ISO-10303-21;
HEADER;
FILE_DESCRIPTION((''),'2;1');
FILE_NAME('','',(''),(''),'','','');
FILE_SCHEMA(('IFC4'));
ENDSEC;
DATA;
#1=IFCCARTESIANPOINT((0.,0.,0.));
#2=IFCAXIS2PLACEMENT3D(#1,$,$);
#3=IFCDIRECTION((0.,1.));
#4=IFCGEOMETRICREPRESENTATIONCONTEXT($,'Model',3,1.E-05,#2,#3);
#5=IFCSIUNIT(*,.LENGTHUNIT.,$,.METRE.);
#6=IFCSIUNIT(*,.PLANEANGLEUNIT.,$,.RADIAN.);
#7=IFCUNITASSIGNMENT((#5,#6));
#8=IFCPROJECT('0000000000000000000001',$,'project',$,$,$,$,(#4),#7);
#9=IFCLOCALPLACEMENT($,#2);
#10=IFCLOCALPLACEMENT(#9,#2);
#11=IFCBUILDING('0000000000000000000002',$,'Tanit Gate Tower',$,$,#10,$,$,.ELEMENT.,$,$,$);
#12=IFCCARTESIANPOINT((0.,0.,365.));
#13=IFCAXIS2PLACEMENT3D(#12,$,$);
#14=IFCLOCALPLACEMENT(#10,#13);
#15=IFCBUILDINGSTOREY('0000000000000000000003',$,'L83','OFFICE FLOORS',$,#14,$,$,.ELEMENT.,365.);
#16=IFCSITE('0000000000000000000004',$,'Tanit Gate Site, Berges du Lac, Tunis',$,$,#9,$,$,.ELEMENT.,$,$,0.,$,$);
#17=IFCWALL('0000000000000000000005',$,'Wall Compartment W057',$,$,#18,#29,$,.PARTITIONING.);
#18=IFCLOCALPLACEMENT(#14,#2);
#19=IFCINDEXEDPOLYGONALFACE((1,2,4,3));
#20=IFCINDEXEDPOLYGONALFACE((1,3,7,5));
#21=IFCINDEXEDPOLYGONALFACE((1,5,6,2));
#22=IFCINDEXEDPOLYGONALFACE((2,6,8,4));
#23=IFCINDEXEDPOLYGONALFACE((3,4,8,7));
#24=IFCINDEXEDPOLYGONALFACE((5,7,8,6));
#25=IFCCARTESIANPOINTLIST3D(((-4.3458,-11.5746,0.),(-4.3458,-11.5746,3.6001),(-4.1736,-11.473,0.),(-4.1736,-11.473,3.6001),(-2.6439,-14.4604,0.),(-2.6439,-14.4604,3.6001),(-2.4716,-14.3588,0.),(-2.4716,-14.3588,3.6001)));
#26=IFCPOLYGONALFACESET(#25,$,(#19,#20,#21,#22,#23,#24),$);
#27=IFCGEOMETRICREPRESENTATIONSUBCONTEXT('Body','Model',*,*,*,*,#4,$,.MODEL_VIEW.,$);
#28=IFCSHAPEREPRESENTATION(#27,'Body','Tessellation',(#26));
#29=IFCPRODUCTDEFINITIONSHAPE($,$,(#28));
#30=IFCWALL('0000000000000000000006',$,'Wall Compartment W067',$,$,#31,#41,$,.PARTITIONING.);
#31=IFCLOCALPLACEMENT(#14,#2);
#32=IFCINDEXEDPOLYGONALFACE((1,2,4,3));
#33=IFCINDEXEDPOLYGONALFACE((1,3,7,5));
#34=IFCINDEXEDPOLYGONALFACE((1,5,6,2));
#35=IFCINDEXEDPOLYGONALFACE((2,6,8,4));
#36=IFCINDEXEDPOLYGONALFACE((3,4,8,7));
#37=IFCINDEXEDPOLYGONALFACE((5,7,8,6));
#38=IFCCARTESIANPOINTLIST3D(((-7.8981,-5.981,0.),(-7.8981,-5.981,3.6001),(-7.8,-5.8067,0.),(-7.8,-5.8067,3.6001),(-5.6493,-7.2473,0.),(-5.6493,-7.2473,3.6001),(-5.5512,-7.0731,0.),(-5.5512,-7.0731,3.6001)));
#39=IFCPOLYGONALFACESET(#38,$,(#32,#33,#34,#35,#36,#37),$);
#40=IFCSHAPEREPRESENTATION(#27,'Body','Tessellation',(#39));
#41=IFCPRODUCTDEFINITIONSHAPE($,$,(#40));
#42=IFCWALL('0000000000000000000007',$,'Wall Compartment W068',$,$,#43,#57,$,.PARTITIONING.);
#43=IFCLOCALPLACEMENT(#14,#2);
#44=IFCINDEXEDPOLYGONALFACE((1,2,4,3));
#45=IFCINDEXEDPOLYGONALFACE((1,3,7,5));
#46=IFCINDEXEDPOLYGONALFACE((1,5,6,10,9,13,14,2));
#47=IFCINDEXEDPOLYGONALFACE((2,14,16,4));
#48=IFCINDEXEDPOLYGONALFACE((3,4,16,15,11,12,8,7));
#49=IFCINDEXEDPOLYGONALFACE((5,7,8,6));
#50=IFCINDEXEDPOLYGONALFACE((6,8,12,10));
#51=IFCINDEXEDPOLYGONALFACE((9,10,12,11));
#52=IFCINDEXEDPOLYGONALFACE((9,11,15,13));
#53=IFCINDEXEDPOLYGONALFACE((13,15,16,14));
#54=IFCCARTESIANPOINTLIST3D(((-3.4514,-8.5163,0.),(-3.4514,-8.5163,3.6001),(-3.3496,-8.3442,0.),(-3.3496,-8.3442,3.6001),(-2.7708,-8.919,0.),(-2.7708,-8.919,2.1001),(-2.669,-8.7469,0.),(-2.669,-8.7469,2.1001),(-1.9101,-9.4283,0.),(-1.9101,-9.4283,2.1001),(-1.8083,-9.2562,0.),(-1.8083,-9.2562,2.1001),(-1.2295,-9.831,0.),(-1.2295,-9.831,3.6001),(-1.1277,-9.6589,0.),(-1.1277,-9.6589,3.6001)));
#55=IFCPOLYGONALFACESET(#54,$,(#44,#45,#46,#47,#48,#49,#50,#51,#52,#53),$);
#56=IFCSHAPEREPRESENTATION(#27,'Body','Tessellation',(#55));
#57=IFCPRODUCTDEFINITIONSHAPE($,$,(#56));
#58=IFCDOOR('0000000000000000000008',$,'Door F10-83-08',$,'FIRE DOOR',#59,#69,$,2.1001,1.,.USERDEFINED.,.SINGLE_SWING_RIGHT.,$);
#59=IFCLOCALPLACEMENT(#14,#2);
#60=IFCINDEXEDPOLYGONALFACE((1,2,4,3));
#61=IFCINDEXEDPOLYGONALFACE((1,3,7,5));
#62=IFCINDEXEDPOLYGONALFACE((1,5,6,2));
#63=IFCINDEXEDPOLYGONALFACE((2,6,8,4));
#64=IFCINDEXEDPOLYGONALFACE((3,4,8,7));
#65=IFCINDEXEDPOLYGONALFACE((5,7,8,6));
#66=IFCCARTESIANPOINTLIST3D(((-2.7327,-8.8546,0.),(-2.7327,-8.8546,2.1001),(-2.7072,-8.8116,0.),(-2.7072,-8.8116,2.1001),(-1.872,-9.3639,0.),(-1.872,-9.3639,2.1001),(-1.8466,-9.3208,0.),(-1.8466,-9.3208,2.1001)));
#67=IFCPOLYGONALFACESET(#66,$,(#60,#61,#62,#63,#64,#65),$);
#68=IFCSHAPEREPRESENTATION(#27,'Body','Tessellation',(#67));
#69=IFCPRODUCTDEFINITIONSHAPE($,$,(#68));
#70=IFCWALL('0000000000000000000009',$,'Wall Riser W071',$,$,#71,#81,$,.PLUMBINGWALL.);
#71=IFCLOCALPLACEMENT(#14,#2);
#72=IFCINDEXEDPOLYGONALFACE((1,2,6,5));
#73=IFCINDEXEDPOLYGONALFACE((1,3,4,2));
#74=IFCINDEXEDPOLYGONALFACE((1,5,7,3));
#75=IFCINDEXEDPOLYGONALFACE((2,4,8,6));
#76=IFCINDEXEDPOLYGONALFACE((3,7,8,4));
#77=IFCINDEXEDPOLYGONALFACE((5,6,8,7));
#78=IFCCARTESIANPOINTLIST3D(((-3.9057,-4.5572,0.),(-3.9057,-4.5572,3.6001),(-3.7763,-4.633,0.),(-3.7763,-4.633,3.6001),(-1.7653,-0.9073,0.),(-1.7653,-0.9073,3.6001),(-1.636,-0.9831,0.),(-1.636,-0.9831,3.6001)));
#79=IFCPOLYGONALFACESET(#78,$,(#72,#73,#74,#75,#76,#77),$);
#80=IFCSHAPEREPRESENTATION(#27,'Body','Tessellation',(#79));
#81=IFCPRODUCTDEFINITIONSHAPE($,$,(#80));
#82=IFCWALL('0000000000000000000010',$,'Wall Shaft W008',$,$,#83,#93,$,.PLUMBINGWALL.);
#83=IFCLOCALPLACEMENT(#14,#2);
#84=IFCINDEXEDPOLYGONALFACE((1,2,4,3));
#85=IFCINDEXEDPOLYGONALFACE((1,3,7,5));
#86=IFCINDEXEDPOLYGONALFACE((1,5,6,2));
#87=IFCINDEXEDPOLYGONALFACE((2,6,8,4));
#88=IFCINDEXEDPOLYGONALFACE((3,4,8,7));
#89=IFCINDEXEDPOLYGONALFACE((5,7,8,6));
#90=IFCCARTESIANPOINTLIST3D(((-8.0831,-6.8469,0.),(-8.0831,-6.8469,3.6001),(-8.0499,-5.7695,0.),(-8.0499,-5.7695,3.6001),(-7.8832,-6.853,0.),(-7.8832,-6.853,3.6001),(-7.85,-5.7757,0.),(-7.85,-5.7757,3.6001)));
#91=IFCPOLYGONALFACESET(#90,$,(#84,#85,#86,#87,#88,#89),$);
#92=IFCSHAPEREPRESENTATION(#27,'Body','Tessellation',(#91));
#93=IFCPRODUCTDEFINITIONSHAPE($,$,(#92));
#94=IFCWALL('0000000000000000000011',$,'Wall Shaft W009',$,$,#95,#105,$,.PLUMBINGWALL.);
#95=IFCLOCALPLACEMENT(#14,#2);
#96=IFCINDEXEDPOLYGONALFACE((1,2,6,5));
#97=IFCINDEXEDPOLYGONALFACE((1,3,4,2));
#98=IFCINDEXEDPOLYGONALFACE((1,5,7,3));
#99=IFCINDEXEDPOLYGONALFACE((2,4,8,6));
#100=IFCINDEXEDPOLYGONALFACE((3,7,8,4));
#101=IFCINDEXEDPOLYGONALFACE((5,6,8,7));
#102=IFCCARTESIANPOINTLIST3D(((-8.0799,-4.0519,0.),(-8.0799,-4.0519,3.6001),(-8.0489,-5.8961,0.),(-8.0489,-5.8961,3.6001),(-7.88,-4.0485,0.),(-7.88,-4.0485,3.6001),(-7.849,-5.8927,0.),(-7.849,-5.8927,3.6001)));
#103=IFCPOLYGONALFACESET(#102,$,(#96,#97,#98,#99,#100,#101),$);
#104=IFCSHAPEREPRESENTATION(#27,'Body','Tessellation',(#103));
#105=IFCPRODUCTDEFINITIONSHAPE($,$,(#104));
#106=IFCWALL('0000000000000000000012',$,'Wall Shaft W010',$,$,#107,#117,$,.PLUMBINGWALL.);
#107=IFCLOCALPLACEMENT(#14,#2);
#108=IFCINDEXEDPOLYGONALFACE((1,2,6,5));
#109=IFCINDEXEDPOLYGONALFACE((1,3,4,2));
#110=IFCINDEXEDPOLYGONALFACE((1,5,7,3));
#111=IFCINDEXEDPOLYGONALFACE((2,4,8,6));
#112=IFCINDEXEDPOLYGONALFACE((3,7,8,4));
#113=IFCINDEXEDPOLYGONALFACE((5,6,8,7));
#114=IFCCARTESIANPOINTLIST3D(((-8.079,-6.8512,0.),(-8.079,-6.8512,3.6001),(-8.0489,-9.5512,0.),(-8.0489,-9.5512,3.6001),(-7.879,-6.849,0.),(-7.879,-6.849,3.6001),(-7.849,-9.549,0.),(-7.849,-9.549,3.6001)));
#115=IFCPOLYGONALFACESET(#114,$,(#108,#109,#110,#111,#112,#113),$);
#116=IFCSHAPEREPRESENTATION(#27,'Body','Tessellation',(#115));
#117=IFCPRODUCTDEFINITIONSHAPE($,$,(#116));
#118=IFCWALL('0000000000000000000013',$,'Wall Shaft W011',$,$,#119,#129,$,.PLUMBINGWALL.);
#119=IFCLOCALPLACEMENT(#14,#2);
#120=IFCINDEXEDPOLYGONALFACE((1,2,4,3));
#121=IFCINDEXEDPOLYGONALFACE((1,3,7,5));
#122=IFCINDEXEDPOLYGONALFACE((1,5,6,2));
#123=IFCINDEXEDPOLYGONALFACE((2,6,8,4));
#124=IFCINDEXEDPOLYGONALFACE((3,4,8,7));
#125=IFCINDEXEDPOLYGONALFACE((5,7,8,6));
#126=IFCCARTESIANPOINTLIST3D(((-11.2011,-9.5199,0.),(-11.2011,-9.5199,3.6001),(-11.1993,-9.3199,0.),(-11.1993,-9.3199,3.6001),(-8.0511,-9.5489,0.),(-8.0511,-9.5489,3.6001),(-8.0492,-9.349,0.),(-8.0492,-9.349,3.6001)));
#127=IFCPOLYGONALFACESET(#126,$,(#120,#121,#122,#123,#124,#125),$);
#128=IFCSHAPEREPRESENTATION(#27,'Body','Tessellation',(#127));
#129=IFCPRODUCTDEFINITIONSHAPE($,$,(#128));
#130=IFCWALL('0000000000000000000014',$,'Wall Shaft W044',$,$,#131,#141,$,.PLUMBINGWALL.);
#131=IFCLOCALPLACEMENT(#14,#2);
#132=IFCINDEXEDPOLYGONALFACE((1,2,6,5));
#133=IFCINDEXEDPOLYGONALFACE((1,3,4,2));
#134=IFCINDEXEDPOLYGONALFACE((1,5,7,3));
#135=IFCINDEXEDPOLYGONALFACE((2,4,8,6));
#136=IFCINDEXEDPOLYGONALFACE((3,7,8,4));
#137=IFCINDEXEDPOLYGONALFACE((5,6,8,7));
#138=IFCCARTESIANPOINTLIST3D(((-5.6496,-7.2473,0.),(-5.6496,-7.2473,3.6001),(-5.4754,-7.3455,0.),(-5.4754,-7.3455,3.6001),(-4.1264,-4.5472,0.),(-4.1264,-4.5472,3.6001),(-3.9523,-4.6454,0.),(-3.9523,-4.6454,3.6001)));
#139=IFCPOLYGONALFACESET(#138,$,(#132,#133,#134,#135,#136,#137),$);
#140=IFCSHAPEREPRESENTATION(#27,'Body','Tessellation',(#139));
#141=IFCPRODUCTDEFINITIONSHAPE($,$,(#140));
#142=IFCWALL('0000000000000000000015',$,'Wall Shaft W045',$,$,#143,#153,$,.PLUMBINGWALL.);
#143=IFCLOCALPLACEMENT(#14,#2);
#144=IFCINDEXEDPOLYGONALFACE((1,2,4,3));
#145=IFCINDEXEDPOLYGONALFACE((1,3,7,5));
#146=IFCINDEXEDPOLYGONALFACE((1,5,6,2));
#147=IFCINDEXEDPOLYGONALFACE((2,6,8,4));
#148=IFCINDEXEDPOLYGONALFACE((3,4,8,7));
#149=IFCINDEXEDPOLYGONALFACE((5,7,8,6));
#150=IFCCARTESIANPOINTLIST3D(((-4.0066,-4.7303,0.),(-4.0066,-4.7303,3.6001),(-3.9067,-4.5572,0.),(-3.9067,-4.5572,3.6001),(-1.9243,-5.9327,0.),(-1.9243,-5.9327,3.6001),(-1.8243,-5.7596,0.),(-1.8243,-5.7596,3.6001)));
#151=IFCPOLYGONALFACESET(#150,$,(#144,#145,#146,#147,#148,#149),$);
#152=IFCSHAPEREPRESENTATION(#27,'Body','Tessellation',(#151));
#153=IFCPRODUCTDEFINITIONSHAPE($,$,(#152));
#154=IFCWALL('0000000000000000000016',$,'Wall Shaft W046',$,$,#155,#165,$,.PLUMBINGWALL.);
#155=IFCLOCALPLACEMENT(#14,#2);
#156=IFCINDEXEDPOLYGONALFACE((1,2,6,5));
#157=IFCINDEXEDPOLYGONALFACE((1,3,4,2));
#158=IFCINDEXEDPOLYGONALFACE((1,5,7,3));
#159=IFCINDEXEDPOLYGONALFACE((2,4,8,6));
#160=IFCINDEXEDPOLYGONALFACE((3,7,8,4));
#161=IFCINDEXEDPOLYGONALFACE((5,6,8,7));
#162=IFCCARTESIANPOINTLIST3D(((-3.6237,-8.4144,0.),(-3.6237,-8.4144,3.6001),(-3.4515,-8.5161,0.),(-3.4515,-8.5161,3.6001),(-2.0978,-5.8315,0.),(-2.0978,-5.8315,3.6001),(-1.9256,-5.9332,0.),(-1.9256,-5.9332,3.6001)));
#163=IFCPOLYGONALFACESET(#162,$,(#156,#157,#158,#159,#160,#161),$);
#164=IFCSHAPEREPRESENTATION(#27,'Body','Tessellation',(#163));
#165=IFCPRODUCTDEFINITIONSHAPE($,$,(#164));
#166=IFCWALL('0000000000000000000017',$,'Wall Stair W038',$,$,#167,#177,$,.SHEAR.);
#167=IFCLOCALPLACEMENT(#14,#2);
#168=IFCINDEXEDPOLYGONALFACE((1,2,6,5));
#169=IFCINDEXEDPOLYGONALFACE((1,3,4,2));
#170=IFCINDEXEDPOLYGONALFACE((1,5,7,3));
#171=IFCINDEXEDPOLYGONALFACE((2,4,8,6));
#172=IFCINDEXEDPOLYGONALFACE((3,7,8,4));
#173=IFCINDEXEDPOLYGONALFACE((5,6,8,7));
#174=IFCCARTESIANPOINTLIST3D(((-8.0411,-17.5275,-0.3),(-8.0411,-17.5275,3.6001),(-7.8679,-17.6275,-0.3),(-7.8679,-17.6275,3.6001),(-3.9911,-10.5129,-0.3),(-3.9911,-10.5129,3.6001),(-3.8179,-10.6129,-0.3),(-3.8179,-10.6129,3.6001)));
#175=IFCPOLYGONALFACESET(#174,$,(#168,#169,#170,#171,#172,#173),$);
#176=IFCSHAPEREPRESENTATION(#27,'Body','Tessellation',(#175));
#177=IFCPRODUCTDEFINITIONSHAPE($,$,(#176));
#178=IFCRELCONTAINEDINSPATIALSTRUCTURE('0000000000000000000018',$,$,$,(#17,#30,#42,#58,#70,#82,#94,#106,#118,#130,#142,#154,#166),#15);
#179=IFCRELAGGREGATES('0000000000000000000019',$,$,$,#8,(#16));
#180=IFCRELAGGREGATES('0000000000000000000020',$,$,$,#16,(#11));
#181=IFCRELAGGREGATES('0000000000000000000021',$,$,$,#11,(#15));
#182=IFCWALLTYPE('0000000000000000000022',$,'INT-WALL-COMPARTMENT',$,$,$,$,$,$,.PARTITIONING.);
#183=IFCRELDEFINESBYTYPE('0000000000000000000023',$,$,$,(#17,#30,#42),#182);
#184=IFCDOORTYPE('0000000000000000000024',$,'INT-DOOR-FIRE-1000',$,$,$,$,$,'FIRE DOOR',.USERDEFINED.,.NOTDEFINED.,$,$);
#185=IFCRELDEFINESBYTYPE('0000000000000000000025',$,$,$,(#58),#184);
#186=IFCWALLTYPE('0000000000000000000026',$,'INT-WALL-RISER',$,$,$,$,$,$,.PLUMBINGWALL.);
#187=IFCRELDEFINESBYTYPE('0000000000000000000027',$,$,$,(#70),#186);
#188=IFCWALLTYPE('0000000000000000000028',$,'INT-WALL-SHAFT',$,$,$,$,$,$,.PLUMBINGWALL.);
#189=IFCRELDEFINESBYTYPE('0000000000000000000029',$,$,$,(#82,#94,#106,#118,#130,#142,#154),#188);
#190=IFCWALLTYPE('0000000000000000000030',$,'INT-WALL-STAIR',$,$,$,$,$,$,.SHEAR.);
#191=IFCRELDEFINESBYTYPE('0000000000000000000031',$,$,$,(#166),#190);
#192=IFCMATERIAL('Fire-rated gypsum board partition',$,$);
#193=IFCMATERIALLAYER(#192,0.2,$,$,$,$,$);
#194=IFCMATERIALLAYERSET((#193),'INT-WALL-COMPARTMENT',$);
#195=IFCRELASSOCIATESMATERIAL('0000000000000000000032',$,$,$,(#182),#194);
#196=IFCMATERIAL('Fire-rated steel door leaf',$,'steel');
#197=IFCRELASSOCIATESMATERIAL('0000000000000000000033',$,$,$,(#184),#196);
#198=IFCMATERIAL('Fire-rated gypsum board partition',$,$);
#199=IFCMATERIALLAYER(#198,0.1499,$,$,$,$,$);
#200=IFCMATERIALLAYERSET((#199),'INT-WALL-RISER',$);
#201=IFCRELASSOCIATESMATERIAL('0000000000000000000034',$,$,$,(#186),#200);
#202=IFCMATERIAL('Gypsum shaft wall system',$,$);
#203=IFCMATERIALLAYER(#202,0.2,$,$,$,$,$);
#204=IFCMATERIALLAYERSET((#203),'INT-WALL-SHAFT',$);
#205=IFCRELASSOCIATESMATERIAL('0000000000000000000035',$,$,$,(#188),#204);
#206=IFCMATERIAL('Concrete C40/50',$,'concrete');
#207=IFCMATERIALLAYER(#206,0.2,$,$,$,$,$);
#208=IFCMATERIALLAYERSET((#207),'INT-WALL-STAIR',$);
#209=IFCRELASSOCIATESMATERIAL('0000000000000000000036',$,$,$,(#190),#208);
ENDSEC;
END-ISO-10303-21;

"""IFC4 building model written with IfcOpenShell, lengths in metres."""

from ifc_helpers import new_model, si_unit, direction, frame, frame_2d, origin, place, context, subcontext, project, spatial, rectangle, extrude, material, layer, layer_set, type_object, element, fill, save


model = new_model("IFC4")

# Units and contexts
model_context = context("Model", 3, precision=1e-05, world=origin(), true_north=direction((0.0, 1.0)))
body_context = subcontext(model_context, "Body", "Model", "MODEL_VIEW")
ifc_project = project(units=[si_unit("LENGTHUNIT", "METRE"), si_unit("PLANEANGLEUNIT", "RADIAN")], contexts=[model_context])

# Site, building, storey
site_placement = place(None, origin())
site = spatial("IfcSite", under=ifc_project, at=site_placement, Name="Tanit Gate Site, Berges du Lac, Tunis", CompositionType="ELEMENT", RefElevation=0.0)
building_placement = place(site_placement, origin())
building = spatial("IfcBuilding", under=site, at=building_placement, Name="Tanit Gate Tower", CompositionType="ELEMENT")
storey_placement = place(building_placement, frame((0.0, 0.0, 365.0)))
storey = spatial("IfcBuildingStorey", under=building, at=storey_placement, Name="L83", Description="OFFICE FLOORS", CompositionType="ELEMENT", Elevation=365.0)

# Walls
ifc_material_1 = material(Name="Fire-rated gypsum board partition")
ifc_layer_1 = layer(ifc_material_1, 0.2)
ifc_layer_set_1 = layer_set([ifc_layer_1], Name="INT-WALL-COMPARTMENT")
wall_type_1 = type_object("IfcWallType", Name="INT-WALL-COMPARTMENT", PredefinedType="PARTITIONING", material=ifc_layer_set_1)
wall_1_placement = place(storey_placement, frame((-4.2598, -11.5237, 0.0), z_axis=(0.0, 0.0, 1.0), x_axis=(0.507997, -0.861359, 0.0)))
element("IfcWall", 1, at=wall_1_placement, inside=storey, type_object=wall_type_1, Name="Wall Compartment W057", PredefinedType="PARTITIONING", context=body_context, shape_type="SweptSolid", body=[
    extrude(rectangle(XDim=3.3503, YDim=0.2, at=frame_2d((1.6753, 0.0))), origin(), (0.0, 0.0, 1.0), 3.6001),
])
wall_2_placement = place(storey_placement, frame((-7.8491, -5.8938, 0.0), z_axis=(0.0, 0.0, 1.0), x_axis=(0.87134, -0.490679, 0.0)))
element("IfcWall", 2, at=wall_2_placement, inside=storey, type_object=wall_type_1, Name="Wall Compartment W067", PredefinedType="PARTITIONING", context=body_context, shape_type="SweptSolid", body=[
    extrude(rectangle(XDim=2.5808, YDim=0.2, at=frame_2d((1.2905, 0.0))), origin(), (0.0, 0.0, 1.0), 3.6001),
])

# Wall, opening, door
wall_3_placement = place(storey_placement, frame((-3.4006, -8.4302, 0.0), z_axis=(0.0, 0.0, 1.0), x_axis=(0.860631, -0.509229, 0.0)))
wall_3 = element("IfcWall", 3, at=wall_3_placement, inside=storey, type_object=wall_type_1, Name="Wall Compartment W068", PredefinedType="PARTITIONING", context=body_context, shape_type="SweptSolid", body=[
    extrude(rectangle(XDim=2.5818, YDim=0.2, at=frame_2d((1.291, 0.0))), origin(), (0.0, 0.0, 1.0), 3.6001),
])
opening_1_placement = place(wall_3_placement, frame((0.791, 0.0, 0.0)))
opening_1 = element("IfcOpeningElement", 4, at=opening_1_placement, cuts=wall_3, PredefinedType="OPENING", context=body_context, shape_type="SweptSolid", body=[
    extrude(rectangle(XDim=1.0, YDim=2.1001, at=frame_2d((0.5, 1.05))), frame((0.0, 0.1099, 0.0), z_axis=(0.0, -1.0, 0.0), x_axis=(1.0, 0.0, 0.0)), (0.0, 0.0, 1.0), 0.22),
])
ifc_material_2 = material(Name="Fire-rated steel door leaf", Category="steel")
door_type_1 = type_object("IfcDoorType", Name="INT-DOOR-FIRE-1000", ElementType="FIRE DOOR", OperationType="NOTDEFINED", PredefinedType="USERDEFINED", material=ifc_material_2)
door_1_placement = place(opening_1_placement, origin())
door_1 = element("IfcDoor", 5, at=door_1_placement, inside=storey, type_object=door_type_1, Name="Door F10-83-08", ObjectType="FIRE DOOR", OperationType="SINGLE_SWING_RIGHT", OverallHeight=2.1001, OverallWidth=1.0, PredefinedType="USERDEFINED", context=body_context, shape_type="SweptSolid", body=[
    extrude(rectangle(XDim=1.0, YDim=2.1001, at=frame_2d((0.5, 1.05))), frame((0.0, 0.0249, 0.0), z_axis=(0.0, -1.0, 0.0), x_axis=(1.0, 0.0, 0.0)), (0.0, 0.0, 1.0), 0.05),
])
fill(opening_1, door_1)

# Walls
ifc_material_3 = material(Name="Fire-rated gypsum board partition")
ifc_layer_2 = layer(ifc_material_3, 0.1499)
ifc_layer_set_2 = layer_set([ifc_layer_2], Name="INT-WALL-RISER")
wall_type_2 = type_object("IfcWallType", Name="INT-WALL-RISER", PredefinedType="PLUMBINGWALL", material=ifc_layer_set_2)
wall_4_placement = place(storey_placement, frame((-3.8411, -4.5952, 0.0), z_axis=(0.0, 0.0, 1.0), x_axis=(0.505857, 0.862617, 0.0)))
element("IfcWall", 6, at=wall_4_placement, inside=storey, type_object=wall_type_2, Name="Wall Riser W071", PredefinedType="PLUMBINGWALL", context=body_context, shape_type="SweptSolid", body=[
    extrude(rectangle(XDim=4.2312, YDim=0.1499, at=frame_2d((2.1157, 0.0))), origin(), (0.0, 0.0, 1.0), 3.6001),
])
ifc_material_4 = material(Name="Gypsum shaft wall system")
ifc_layer_3 = layer(ifc_material_4, 0.2)
ifc_layer_set_3 = layer_set([ifc_layer_3], Name="INT-WALL-SHAFT")
wall_type_3 = type_object("IfcWallType", Name="INT-WALL-SHAFT", PredefinedType="PLUMBINGWALL", material=ifc_layer_set_3)
wall_5_placement = place(storey_placement, frame((-7.95, -5.7725, 0.0), z_axis=(0.0, 0.0, 1.0), x_axis=(-0.030803, -0.999525, 0.0)))
element("IfcWall", 7, at=wall_5_placement, inside=storey, type_object=wall_type_3, Name="Wall Shaft W008", PredefinedType="PLUMBINGWALL", context=body_context, shape_type="SweptSolid", body=[
    extrude(rectangle(XDim=1.0779, YDim=0.2, at=frame_2d((0.5391, 0.0))), origin(), (0.0, 0.0, 1.0), 3.6001),
])
wall_6_placement = place(storey_placement, frame((-7.98, -4.05, 0.0), z_axis=(0.0, 0.0, 1.0), x_axis=(0.01681, -0.999859, 0.0)))
element("IfcWall", 8, at=wall_6_placement, inside=storey, type_object=wall_type_3, Name="Wall Shaft W009", PredefinedType="PLUMBINGWALL", context=body_context, shape_type="SweptSolid", body=[
    extrude(rectangle(XDim=1.8445, YDim=0.2, at=frame_2d((0.9224, 0.0))), origin(), (0.0, 0.0, 1.0), 3.6001),
])
wall_7_placement = place(storey_placement, frame((-7.979, -6.8501, 0.0), z_axis=(0.0, 0.0, 1.0), x_axis=(0.011121, -0.999938, 0.0)))
element("IfcWall", 9, at=wall_7_placement, inside=storey, type_object=wall_type_3, Name="Wall Shaft W010", PredefinedType="PLUMBINGWALL", context=body_context, shape_type="SweptSolid", body=[
    extrude(rectangle(XDim=2.7002, YDim=0.2, at=frame_2d((1.3501, 0.0))), origin(), (0.0, 0.0, 1.0), 3.6001),
])
wall_8_placement = place(storey_placement, frame((-8.05, -9.449, 0.0), z_axis=(0.0, 0.0, 1.0), x_axis=(-0.999957, 0.009223, 0.0)))
element("IfcWall", 10, at=wall_8_placement, inside=storey, type_object=wall_type_3, Name="Wall Shaft W011", PredefinedType="PLUMBINGWALL", context=body_context, shape_type="SweptSolid", body=[
    extrude(rectangle(XDim=3.1501, YDim=0.2, at=frame_2d((1.5752, 0.0))), origin(), (0.0, 0.0, 1.0), 3.6001),
])

# Walls
wall_9_placement = place(storey_placement, frame((-5.5625, -7.2964, 0.0), z_axis=(0.0, 0.0, 1.0), x_axis=(0.491323, 0.870978, 0.0)))
element("IfcWall", 11, at=wall_9_placement, inside=storey, type_object=wall_type_3, Name="Wall Shaft W044", PredefinedType="PLUMBINGWALL", context=body_context, shape_type="SweptSolid", body=[
    extrude(rectangle(XDim=3.1001, YDim=0.2, at=frame_2d((1.55, 0.0))), origin(), (0.0, 0.0, 1.0), 3.6001),
])
wall_10_placement = place(storey_placement, frame((-3.9565, -4.6438, 0.0), z_axis=(0.0, 0.0, 1.0), x_axis=(0.865991, -0.500059, 0.0)))
element("IfcWall", 12, at=wall_10_placement, inside=storey, type_object=wall_type_3, Name="Wall Shaft W045", PredefinedType="PLUMBINGWALL", context=body_context, shape_type="SweptSolid", body=[
    extrude(rectangle(XDim=2.4045, YDim=0.2, at=frame_2d((1.2021, 0.0))), origin(), (0.0, 0.0, 1.0), 3.6001),
])
wall_11_placement = place(storey_placement, frame((-2.0117, -5.8823, 0.0), z_axis=(0.0, 0.0, 1.0), x_axis=(-0.50862, -0.860991, 0.0)))
element("IfcWall", 13, at=wall_11_placement, inside=storey, type_object=wall_type_3, Name="Wall Shaft W046", PredefinedType="PLUMBINGWALL", context=body_context, shape_type="SweptSolid", body=[
    extrude(rectangle(XDim=3.0, YDim=0.2, at=frame_2d((1.5, 0.0))), origin(), (0.0, 0.0, 1.0), 3.6001),
])
ifc_material_5 = material(Name="Concrete C40/50", Category="concrete")
ifc_layer_4 = layer(ifc_material_5, 0.2)
ifc_layer_set_4 = layer_set([ifc_layer_4], Name="INT-WALL-STAIR")
wall_type_4 = type_object("IfcWallType", Name="INT-WALL-STAIR", PredefinedType="SHEAR", material=ifc_layer_set_4)
wall_12_placement = place(storey_placement, frame((-3.9045, -10.563, -0.3), z_axis=(0.0, 0.0, 1.0), x_axis=(-0.500013, -0.866018, 0.0)))
element("IfcWall", 14, at=wall_12_placement, inside=storey, type_object=wall_type_4, Name="Wall Stair W038", PredefinedType="SHEAR", context=body_context, shape_type="SweptSolid", body=[
    extrude(rectangle(XDim=8.0999, YDim=0.2, at=frame_2d((4.0498, 0.0))), origin(), (0.0, 0.0, 1.0), 3.9001),
])

save(model, "model.ifc")
